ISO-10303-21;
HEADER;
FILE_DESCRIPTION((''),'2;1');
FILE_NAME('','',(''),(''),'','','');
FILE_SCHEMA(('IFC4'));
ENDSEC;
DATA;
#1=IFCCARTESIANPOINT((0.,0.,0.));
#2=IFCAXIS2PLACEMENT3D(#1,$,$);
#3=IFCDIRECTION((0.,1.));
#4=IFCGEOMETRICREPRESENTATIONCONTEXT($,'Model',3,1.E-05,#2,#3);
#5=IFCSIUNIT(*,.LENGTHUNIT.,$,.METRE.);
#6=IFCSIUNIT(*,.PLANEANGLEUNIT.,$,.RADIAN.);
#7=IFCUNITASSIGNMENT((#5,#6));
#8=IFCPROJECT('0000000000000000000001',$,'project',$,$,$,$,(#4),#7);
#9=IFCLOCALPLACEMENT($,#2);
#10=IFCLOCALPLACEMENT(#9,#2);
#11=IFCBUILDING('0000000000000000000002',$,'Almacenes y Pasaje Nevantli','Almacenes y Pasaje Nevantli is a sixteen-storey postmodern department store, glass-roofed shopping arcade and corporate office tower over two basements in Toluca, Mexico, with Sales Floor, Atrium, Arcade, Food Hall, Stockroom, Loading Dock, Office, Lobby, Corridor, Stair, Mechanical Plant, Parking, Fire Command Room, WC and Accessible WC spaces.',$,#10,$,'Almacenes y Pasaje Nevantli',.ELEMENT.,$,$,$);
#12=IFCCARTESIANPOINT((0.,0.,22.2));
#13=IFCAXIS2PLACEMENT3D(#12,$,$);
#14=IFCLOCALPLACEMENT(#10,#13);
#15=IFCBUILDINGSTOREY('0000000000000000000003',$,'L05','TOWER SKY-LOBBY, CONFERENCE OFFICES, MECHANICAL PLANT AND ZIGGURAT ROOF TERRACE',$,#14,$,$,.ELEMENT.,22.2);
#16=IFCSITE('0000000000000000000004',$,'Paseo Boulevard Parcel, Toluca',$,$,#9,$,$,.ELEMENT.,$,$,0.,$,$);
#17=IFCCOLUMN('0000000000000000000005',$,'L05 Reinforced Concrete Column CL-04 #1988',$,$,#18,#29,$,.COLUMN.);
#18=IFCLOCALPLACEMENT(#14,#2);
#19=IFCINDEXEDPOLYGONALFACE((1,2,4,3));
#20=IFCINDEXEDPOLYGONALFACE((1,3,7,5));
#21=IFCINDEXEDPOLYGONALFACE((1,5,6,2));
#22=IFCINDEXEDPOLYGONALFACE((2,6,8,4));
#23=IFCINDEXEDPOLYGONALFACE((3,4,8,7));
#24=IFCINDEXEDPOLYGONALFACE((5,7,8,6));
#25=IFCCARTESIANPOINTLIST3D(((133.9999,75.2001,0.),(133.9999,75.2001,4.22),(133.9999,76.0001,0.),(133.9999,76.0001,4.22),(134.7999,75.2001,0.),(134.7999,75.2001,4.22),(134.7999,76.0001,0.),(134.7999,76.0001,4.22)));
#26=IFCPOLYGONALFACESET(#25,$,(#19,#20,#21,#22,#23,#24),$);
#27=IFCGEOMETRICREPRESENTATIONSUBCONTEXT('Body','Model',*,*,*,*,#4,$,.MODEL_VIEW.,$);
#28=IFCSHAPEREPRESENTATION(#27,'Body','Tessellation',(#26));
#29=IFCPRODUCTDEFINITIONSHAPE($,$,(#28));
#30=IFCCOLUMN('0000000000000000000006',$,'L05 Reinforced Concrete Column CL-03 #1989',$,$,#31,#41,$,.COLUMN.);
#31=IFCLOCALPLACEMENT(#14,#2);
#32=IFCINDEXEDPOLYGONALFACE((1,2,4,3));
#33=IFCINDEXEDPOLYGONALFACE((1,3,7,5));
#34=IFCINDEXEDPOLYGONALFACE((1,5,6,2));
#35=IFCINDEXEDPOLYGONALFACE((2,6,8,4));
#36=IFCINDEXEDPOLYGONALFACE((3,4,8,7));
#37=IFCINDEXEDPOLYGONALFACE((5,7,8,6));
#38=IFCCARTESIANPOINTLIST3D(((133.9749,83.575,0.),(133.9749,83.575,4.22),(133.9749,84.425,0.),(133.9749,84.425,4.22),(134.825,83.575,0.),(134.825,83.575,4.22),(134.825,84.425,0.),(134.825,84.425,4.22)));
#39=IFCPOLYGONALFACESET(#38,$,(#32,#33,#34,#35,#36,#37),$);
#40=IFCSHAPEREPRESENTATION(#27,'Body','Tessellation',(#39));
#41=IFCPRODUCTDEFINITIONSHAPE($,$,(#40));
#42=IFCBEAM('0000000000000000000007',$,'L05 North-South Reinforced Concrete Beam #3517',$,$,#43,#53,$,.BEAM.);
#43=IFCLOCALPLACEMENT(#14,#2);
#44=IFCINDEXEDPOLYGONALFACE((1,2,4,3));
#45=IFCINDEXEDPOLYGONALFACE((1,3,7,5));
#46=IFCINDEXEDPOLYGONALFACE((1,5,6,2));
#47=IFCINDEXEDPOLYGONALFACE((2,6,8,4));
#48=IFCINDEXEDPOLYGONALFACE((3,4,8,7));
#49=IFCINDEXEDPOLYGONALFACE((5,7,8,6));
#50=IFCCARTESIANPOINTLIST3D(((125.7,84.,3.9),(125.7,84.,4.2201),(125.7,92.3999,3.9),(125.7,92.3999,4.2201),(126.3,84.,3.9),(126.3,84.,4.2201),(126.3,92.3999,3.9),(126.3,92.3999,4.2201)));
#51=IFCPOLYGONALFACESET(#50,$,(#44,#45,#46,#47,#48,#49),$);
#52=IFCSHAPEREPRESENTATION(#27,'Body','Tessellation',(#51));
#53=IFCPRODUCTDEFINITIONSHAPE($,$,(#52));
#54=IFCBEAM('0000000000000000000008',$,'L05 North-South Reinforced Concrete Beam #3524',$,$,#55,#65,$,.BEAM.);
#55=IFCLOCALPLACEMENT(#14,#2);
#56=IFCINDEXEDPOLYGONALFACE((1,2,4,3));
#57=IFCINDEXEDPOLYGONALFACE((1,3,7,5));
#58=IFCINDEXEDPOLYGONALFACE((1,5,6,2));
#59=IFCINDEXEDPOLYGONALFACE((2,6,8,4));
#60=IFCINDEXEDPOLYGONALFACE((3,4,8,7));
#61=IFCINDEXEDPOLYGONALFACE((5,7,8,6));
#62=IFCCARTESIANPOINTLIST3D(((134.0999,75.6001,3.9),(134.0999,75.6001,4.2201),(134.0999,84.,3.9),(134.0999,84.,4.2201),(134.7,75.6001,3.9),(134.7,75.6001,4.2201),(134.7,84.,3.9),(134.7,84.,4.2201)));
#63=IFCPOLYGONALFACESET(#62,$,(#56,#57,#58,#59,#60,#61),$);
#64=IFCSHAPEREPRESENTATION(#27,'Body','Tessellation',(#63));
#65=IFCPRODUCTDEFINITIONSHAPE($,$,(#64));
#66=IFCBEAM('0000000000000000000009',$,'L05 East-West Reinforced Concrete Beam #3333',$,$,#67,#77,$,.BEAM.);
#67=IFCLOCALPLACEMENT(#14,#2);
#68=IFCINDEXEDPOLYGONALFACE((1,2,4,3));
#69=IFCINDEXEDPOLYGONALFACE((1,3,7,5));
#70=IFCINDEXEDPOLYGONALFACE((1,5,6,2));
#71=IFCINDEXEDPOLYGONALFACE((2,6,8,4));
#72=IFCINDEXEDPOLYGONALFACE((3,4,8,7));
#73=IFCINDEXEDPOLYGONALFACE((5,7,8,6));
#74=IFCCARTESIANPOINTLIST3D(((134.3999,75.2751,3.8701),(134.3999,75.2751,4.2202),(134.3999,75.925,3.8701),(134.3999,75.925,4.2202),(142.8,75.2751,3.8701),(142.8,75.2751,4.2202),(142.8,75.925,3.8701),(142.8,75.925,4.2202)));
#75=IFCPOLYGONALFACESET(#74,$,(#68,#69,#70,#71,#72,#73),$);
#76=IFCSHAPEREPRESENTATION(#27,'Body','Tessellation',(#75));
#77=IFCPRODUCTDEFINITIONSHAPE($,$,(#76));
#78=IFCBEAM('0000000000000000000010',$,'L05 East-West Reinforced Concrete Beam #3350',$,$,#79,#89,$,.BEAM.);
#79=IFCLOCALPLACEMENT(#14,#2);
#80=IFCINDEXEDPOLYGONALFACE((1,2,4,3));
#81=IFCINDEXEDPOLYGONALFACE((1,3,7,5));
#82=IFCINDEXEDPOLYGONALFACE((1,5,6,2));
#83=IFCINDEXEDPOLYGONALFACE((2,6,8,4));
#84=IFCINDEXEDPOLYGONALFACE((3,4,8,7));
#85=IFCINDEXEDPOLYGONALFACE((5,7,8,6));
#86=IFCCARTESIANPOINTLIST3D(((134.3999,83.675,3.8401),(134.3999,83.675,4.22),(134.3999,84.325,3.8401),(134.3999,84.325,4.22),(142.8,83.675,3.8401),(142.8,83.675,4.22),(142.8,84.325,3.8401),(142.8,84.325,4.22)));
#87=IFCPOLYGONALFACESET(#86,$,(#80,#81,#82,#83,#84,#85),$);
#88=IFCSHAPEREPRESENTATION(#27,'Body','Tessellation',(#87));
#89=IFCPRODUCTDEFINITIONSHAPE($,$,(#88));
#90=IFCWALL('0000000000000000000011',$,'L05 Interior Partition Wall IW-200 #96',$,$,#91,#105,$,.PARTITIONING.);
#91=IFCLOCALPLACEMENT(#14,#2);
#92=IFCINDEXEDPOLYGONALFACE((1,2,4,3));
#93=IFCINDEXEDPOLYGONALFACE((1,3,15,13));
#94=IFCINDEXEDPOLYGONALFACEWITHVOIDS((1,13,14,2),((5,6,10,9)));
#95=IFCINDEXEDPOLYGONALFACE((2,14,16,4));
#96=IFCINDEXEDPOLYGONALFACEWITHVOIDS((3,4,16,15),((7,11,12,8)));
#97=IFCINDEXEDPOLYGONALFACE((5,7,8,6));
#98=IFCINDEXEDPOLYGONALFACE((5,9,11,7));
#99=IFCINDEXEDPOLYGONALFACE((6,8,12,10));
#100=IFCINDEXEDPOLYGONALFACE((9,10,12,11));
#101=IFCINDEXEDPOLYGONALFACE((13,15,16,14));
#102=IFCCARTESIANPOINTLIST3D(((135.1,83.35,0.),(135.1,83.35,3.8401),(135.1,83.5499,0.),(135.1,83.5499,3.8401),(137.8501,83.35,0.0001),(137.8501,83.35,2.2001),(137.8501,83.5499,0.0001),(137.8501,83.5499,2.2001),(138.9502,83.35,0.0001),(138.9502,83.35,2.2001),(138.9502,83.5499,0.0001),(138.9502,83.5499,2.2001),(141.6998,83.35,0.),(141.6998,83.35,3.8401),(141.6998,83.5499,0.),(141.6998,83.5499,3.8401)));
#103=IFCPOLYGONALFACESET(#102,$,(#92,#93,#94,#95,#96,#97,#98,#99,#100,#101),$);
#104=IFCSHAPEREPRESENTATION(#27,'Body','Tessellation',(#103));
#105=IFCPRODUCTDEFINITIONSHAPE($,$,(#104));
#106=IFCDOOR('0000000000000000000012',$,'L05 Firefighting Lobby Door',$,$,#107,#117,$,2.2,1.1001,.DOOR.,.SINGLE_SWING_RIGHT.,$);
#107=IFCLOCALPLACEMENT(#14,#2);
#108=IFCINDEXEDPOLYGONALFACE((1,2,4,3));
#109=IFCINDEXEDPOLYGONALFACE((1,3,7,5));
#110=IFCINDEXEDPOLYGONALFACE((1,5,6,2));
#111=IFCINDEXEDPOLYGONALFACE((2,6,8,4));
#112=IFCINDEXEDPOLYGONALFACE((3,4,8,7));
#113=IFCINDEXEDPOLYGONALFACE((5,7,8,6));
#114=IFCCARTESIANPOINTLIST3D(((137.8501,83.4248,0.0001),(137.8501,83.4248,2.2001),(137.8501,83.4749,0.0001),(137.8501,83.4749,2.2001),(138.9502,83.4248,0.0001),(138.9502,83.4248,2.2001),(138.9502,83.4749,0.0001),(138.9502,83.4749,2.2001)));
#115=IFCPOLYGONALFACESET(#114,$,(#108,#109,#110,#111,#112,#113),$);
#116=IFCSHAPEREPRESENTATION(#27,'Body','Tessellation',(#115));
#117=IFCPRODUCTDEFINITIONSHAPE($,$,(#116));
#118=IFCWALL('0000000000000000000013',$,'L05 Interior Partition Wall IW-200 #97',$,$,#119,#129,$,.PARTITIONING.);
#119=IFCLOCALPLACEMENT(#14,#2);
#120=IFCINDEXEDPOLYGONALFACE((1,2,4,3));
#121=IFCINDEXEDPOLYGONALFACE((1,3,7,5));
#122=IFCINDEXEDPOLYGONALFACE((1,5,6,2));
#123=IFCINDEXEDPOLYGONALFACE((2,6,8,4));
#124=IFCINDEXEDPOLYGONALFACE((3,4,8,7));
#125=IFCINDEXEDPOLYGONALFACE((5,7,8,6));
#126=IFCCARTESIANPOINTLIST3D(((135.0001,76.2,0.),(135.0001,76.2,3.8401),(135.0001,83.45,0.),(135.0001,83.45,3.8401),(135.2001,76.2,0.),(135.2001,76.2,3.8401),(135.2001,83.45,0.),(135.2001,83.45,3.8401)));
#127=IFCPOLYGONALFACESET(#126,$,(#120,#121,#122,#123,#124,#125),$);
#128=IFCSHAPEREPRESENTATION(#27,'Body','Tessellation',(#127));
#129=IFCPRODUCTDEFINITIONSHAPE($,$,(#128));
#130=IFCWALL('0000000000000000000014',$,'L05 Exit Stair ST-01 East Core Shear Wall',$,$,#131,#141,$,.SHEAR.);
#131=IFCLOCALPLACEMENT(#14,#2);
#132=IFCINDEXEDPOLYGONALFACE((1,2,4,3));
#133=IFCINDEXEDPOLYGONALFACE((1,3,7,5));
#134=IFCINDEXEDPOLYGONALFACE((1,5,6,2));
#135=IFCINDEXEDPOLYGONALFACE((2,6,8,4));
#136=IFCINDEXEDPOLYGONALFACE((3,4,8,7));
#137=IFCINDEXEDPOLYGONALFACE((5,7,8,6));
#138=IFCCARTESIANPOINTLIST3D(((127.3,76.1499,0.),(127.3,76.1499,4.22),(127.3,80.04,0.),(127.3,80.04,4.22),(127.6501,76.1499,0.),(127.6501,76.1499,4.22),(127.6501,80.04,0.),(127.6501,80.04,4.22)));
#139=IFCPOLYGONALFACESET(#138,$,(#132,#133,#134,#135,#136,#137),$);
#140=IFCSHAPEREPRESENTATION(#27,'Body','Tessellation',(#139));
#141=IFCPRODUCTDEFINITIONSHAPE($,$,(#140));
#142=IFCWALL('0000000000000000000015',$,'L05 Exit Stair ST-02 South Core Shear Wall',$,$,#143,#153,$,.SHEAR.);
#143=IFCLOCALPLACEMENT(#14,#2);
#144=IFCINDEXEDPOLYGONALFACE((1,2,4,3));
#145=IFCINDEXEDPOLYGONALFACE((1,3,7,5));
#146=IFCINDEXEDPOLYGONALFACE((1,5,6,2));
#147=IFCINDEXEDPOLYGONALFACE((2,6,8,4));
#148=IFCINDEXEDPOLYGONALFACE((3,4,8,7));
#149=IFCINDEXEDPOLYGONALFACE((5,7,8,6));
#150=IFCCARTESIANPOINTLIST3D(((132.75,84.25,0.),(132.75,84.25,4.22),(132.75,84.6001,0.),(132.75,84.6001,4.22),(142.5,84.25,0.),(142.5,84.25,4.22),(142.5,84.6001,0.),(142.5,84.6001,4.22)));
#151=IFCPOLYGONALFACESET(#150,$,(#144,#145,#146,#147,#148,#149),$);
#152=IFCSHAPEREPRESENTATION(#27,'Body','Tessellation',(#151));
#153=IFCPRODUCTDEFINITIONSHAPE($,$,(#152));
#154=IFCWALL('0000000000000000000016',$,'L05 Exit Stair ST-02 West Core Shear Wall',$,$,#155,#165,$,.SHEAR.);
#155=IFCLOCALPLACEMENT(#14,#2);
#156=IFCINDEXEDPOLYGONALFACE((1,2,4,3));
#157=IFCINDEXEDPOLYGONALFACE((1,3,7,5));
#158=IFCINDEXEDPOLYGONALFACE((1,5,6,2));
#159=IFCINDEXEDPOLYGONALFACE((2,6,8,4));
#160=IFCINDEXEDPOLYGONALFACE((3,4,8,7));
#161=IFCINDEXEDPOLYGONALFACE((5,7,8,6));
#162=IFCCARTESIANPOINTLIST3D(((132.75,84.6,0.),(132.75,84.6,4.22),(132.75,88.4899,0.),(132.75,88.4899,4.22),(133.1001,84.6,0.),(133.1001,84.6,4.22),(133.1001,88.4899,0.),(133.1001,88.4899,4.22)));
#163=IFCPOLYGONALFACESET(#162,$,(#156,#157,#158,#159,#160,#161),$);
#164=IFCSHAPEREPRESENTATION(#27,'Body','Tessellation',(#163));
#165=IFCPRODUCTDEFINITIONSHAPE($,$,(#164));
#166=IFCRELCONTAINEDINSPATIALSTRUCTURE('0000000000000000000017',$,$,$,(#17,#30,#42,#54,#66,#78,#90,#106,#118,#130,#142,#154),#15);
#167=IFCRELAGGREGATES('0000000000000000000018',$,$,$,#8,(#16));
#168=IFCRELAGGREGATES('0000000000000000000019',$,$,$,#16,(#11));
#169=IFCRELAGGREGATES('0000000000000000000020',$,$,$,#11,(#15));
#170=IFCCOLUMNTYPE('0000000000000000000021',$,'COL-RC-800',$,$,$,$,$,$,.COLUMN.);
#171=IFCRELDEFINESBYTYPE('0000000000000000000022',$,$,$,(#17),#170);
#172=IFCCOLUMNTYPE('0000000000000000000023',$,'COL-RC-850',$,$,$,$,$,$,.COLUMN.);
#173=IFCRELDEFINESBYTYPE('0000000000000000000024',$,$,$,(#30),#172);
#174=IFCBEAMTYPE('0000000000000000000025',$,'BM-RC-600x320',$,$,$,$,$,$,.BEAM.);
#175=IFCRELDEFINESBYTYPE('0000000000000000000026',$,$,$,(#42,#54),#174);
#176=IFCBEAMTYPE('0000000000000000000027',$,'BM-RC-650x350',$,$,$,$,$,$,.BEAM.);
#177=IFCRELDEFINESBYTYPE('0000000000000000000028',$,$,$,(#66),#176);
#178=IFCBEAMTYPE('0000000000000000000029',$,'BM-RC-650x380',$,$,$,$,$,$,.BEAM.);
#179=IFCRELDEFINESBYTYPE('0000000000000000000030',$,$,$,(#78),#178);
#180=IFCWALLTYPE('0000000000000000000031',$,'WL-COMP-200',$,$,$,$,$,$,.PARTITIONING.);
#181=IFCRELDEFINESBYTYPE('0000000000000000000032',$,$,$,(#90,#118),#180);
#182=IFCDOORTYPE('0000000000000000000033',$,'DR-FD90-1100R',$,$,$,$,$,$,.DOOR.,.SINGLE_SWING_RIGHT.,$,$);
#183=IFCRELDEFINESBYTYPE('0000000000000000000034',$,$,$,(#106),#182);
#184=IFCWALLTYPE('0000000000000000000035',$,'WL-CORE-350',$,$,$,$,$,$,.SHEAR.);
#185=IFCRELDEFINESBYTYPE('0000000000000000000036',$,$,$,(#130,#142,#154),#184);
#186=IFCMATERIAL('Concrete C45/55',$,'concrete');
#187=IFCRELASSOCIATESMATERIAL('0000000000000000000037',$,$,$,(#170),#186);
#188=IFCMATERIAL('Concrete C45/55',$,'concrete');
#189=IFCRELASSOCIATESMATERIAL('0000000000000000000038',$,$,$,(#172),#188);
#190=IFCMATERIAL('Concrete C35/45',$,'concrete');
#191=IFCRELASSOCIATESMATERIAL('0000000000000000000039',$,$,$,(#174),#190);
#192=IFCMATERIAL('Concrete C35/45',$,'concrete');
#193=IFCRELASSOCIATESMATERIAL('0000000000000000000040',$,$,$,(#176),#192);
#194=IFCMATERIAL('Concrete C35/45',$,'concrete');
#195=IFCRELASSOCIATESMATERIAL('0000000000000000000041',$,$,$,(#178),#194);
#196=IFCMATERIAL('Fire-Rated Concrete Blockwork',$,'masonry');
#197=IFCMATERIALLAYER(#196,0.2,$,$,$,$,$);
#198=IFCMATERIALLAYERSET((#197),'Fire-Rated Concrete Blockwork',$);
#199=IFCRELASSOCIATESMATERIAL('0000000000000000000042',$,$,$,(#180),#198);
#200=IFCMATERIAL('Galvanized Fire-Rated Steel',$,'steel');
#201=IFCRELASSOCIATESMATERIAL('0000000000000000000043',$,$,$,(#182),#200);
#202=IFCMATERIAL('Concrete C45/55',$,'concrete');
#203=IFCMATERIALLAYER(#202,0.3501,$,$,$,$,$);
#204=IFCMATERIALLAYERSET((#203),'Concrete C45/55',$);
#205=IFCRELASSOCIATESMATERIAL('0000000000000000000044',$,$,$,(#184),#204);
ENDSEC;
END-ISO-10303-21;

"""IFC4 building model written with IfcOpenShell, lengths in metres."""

from ifc_helpers import new_model, si_unit, direction, frame, frame_2d, origin, origin_2d, place, context, subcontext, project, spatial, rectangle, extrude, material, layer, layer_set, material_profile, profile_set, type_object, element, fill, save


model = new_model("IFC4")

# Units and contexts
model_context = context("Model", 3, precision=1e-05, world=origin(), true_north=direction((0.0, 1.0)))
body_context = subcontext(model_context, "Body", "Model", "MODEL_VIEW")
ifc_project = project(units=[si_unit("LENGTHUNIT", "METRE"), si_unit("PLANEANGLEUNIT", "RADIAN")], contexts=[model_context])

# Site, building, storey
site_placement = place(None, origin())
site = spatial("IfcSite", under=ifc_project, at=site_placement, Name="Paseo Boulevard Parcel, Toluca", CompositionType="ELEMENT", RefElevation=0.0)
building_placement = place(site_placement, origin())
building = spatial("IfcBuilding", under=site, at=building_placement, Name="Almacenes y Pasaje Nevantli", Description="Almacenes y Pasaje Nevantli is a sixteen-storey postmodern department store, glass-roofed shopping arcade and corporate office tower over two basements in Toluca, Mexico, with Sales Floor, Atrium, Arcade, Food Hall, Stockroom, Loading Dock, Office, Lobby, Corridor, Stair, Mechanical Plant, Parking, Fire Command Room, WC and Accessible WC spaces.", LongName="Almacenes y Pasaje Nevantli", CompositionType="ELEMENT")
storey_placement = place(building_placement, frame((0.0, 0.0, 22.2)))
storey = spatial("IfcBuildingStorey", under=building, at=storey_placement, Name="L05", Description="TOWER SKY-LOBBY, CONFERENCE OFFICES, MECHANICAL PLANT AND ZIGGURAT ROOF TERRACE", CompositionType="ELEMENT", Elevation=22.2)

# Columns
ifc_material_1 = material(Name="Concrete C45/55", Category="concrete")
ifc_material_profile_1 = material_profile(ifc_material_1, rectangle(XDim=0.8, YDim=0.8, at=origin_2d()), Name="RC-COL-800x800")
ifc_profile_set_1 = profile_set([ifc_material_profile_1], Name="Concrete C45/55")
column_type_1 = type_object("IfcColumnType", Name="COL-RC-800", PredefinedType="COLUMN", material=ifc_profile_set_1)
column_1_placement = place(storey_placement, frame((134.3999, 75.6001, 0.0), z_axis=(0.0, 0.0, 1.0), x_axis=(1.0, 0.0, 0.0)))
element("IfcColumn", 1, at=column_1_placement, inside=storey, type_object=column_type_1, Name="L05 Reinforced Concrete Column CL-04 #1988", PredefinedType="COLUMN", context=body_context, shape_type="SweptSolid", body=[
    extrude(rectangle(XDim=0.8, YDim=0.8, at=origin_2d()), origin(), (0.0, 0.0, 1.0), 4.22),
])
ifc_material_2 = material(Name="Concrete C45/55", Category="concrete")
ifc_material_profile_2 = material_profile(ifc_material_2, rectangle(XDim=0.8501, YDim=0.8501, at=origin_2d()), Name="RC-COL-850x850")
ifc_profile_set_2 = profile_set([ifc_material_profile_2], Name="Concrete C45/55")
column_type_2 = type_object("IfcColumnType", Name="COL-RC-850", PredefinedType="COLUMN", material=ifc_profile_set_2)
column_2_placement = place(storey_placement, frame((134.3999, 84.0, 0.0), z_axis=(0.0, 0.0, 1.0), x_axis=(1.0, 0.0, 0.0)))
element("IfcColumn", 2, at=column_2_placement, inside=storey, type_object=column_type_2, Name="L05 Reinforced Concrete Column CL-03 #1989", PredefinedType="COLUMN", context=body_context, shape_type="SweptSolid", body=[
    extrude(rectangle(XDim=0.8501, YDim=0.8501, at=origin_2d()), origin(), (0.0, 0.0, 1.0), 4.22),
])

# Beams
ifc_material_3 = material(Name="Concrete C35/45", Category="concrete")
ifc_material_profile_3 = material_profile(ifc_material_3, rectangle(XDim=0.6001, YDim=0.3201, at=origin_2d()), Name="RC-BM-600x320")
ifc_profile_set_3 = profile_set([ifc_material_profile_3], Name="Concrete C35/45")
beam_type_1 = type_object("IfcBeamType", Name="BM-RC-600x320", PredefinedType="BEAM", material=ifc_profile_set_3)
for number, where, z_axis, x_axis, name in (
    (3, (126.0, 84.0, 4.0601), (0.0, 1.0, 0.0), (-1.0, 0.0, 0.0), "L05 North-South Reinforced Concrete Beam #3517"),
    (4, (134.3999, 75.6001, 4.0601), (0.0, 1.0, 0.0), (-1.0, 0.0, 0.0), "L05 North-South Reinforced Concrete Beam #3524"),
):
    element("IfcBeam", number, at=place(storey_placement, frame(where, z_axis=z_axis, x_axis=x_axis)), inside=storey, type_object=beam_type_1, Name=name, PredefinedType="BEAM", context=body_context, shape_type="SweptSolid", body=[
        extrude(rectangle(XDim=0.6001, YDim=0.3201, at=origin_2d()), origin(), (0.0, 0.0, 1.0), 8.3999),
    ])
ifc_material_4 = material(Name="Concrete C35/45", Category="concrete")
ifc_material_profile_4 = material_profile(ifc_material_4, rectangle(XDim=0.6499, YDim=0.3501, at=origin_2d()), Name="RC-BM-650x350")
ifc_profile_set_4 = profile_set([ifc_material_profile_4], Name="Concrete C35/45")
beam_type_2 = type_object("IfcBeamType", Name="BM-RC-650x350", PredefinedType="BEAM", material=ifc_profile_set_4)
beam_1_placement = place(storey_placement, frame((134.3999, 75.6001, 4.0452), z_axis=(1.0, 0.0, 0.0), x_axis=(0.0, 1.0, 0.0)))
element("IfcBeam", 5, at=beam_1_placement, inside=storey, type_object=beam_type_2, Name="L05 East-West Reinforced Concrete Beam #3333", PredefinedType="BEAM", context=body_context, shape_type="SweptSolid", body=[
    extrude(rectangle(XDim=0.6499, YDim=0.3501, at=origin_2d()), origin(), (0.0, 0.0, 1.0), 8.4001),
])
ifc_material_5 = material(Name="Concrete C35/45", Category="concrete")
ifc_material_profile_5 = material_profile(ifc_material_5, rectangle(XDim=0.6499, YDim=0.3799, at=origin_2d()), Name="RC-BM-650x380")
ifc_profile_set_5 = profile_set([ifc_material_profile_5], Name="Concrete C35/45")
beam_type_3 = type_object("IfcBeamType", Name="BM-RC-650x380", PredefinedType="BEAM", material=ifc_profile_set_5)
beam_2_placement = place(storey_placement, frame((134.3999, 84.0, 4.03), z_axis=(1.0, 0.0, 0.0), x_axis=(0.0, 1.0, 0.0)))
element("IfcBeam", 6, at=beam_2_placement, inside=storey, type_object=beam_type_3, Name="L05 East-West Reinforced Concrete Beam #3350", PredefinedType="BEAM", context=body_context, shape_type="SweptSolid", body=[
    extrude(rectangle(XDim=0.6499, YDim=0.3799, at=origin_2d()), origin(), (0.0, 0.0, 1.0), 8.4001),
])

# Wall, opening, door
ifc_material_6 = material(Name="Fire-Rated Concrete Blockwork", Category="masonry")
ifc_layer_1 = layer(ifc_material_6, 0.2)
ifc_layer_set_1 = layer_set([ifc_layer_1], Name="Fire-Rated Concrete Blockwork")
wall_type_1 = type_object("IfcWallType", Name="WL-COMP-200", PredefinedType="PARTITIONING", material=ifc_layer_set_1)
wall_1_placement = place(storey_placement, frame((135.1001, 83.45, 0.0), z_axis=(0.0, 0.0, 1.0), x_axis=(1.0, 0.0, 0.0)))
wall_1 = element("IfcWall", 7, at=wall_1_placement, inside=storey, type_object=wall_type_1, Name="L05 Interior Partition Wall IW-200 #96", PredefinedType="PARTITIONING", context=body_context, shape_type="SweptSolid", body=[
    extrude(rectangle(XDim=6.5999, YDim=0.2, at=frame_2d((3.2998, 0.0))), origin(), (0.0, 0.0, 1.0), 3.8401),
])
opening_1_placement = place(wall_1_placement, frame((2.75, 0.0, 0.0)))
opening_1 = element("IfcOpeningElement", 8, at=opening_1_placement, cuts=wall_1, PredefinedType="OPENING", context=body_context, shape_type="SweptSolid", body=[
    extrude(rectangle(XDim=1.1001, YDim=2.2, at=frame_2d((0.55, 1.1001))), frame((0.0, 0.1099, 0.0), z_axis=(0.0, -1.0, 0.0), x_axis=(1.0, 0.0, 0.0)), (0.0, 0.0, 1.0), 0.22),
])
ifc_material_7 = material(Name="Galvanized Fire-Rated Steel", Category="steel")
door_type_1 = type_object("IfcDoorType", Name="DR-FD90-1100R", OperationType="SINGLE_SWING_RIGHT", PredefinedType="DOOR", material=ifc_material_7)
door_1_placement = place(opening_1_placement, origin())
door_1 = element("IfcDoor", 9, at=door_1_placement, inside=storey, type_object=door_type_1, Name="L05 Firefighting Lobby Door", OperationType="SINGLE_SWING_RIGHT", OverallHeight=2.2, OverallWidth=1.1001, PredefinedType="DOOR", context=body_context, shape_type="SweptSolid", body=[
    extrude(rectangle(XDim=1.1001, YDim=2.2, at=frame_2d((0.55, 1.1001))), frame((0.0, 0.0249, 0.0), z_axis=(0.0, -1.0, 0.0), x_axis=(1.0, 0.0, 0.0)), (0.0, 0.0, 1.0), 0.05),
])
fill(opening_1, door_1)

# Walls
wall_2_placement = place(storey_placement, frame((135.1001, 76.2, 0.0), z_axis=(0.0, 0.0, 1.0), x_axis=(0.0, 1.0, 0.0)))
element("IfcWall", 10, at=wall_2_placement, inside=storey, type_object=wall_type_1, Name="L05 Interior Partition Wall IW-200 #97", PredefinedType="PARTITIONING", context=body_context, shape_type="SweptSolid", body=[
    extrude(rectangle(XDim=7.25, YDim=0.2, at=frame_2d((3.625, 0.0))), origin(), (0.0, 0.0, 1.0), 3.8401),
])
ifc_material_8 = material(Name="Concrete C45/55", Category="concrete")
ifc_layer_2 = layer(ifc_material_8, 0.3501)
ifc_layer_set_2 = layer_set([ifc_layer_2], Name="Concrete C45/55")
wall_type_2 = type_object("IfcWallType", Name="WL-CORE-350", PredefinedType="SHEAR", material=ifc_layer_set_2)
wall_3_placement = place(storey_placement, frame((127.4751, 76.1499, 0.0), z_axis=(0.0, 0.0, 1.0), x_axis=(0.0, 1.0, 0.0)))
element("IfcWall", 11, at=wall_3_placement, inside=storey, type_object=wall_type_2, Name="L05 Exit Stair ST-01 East Core Shear Wall", PredefinedType="SHEAR", context=body_context, shape_type="SweptSolid", body=[
    extrude(rectangle(XDim=3.8901, YDim=0.3501, at=frame_2d((1.9451, 0.0))), origin(), (0.0, 0.0, 1.0), 4.22),
])
wall_4_placement = place(storey_placement, frame((132.75, 84.425, 0.0), z_axis=(0.0, 0.0, 1.0), x_axis=(1.0, 0.0, 0.0)))
element("IfcWall", 12, at=wall_4_placement, inside=storey, type_object=wall_type_2, Name="L05 Exit Stair ST-02 South Core Shear Wall", PredefinedType="SHEAR", context=body_context, shape_type="SweptSolid", body=[
    extrude(rectangle(XDim=9.75, YDim=0.3501, at=frame_2d((4.875, 0.0))), origin(), (0.0, 0.0, 1.0), 4.22),
])
wall_5_placement = place(storey_placement, frame((132.925, 84.6001, 0.0), z_axis=(0.0, 0.0, 1.0), x_axis=(0.0, 1.0, 0.0)))
element("IfcWall", 13, at=wall_5_placement, inside=storey, type_object=wall_type_2, Name="L05 Exit Stair ST-02 West Core Shear Wall", PredefinedType="SHEAR", context=body_context, shape_type="SweptSolid", body=[
    extrude(rectangle(XDim=3.8899, YDim=0.3501, at=frame_2d((1.9448, 0.0))), origin(), (0.0, 0.0, 1.0), 4.22),
])

save(model, "model.ifc")
